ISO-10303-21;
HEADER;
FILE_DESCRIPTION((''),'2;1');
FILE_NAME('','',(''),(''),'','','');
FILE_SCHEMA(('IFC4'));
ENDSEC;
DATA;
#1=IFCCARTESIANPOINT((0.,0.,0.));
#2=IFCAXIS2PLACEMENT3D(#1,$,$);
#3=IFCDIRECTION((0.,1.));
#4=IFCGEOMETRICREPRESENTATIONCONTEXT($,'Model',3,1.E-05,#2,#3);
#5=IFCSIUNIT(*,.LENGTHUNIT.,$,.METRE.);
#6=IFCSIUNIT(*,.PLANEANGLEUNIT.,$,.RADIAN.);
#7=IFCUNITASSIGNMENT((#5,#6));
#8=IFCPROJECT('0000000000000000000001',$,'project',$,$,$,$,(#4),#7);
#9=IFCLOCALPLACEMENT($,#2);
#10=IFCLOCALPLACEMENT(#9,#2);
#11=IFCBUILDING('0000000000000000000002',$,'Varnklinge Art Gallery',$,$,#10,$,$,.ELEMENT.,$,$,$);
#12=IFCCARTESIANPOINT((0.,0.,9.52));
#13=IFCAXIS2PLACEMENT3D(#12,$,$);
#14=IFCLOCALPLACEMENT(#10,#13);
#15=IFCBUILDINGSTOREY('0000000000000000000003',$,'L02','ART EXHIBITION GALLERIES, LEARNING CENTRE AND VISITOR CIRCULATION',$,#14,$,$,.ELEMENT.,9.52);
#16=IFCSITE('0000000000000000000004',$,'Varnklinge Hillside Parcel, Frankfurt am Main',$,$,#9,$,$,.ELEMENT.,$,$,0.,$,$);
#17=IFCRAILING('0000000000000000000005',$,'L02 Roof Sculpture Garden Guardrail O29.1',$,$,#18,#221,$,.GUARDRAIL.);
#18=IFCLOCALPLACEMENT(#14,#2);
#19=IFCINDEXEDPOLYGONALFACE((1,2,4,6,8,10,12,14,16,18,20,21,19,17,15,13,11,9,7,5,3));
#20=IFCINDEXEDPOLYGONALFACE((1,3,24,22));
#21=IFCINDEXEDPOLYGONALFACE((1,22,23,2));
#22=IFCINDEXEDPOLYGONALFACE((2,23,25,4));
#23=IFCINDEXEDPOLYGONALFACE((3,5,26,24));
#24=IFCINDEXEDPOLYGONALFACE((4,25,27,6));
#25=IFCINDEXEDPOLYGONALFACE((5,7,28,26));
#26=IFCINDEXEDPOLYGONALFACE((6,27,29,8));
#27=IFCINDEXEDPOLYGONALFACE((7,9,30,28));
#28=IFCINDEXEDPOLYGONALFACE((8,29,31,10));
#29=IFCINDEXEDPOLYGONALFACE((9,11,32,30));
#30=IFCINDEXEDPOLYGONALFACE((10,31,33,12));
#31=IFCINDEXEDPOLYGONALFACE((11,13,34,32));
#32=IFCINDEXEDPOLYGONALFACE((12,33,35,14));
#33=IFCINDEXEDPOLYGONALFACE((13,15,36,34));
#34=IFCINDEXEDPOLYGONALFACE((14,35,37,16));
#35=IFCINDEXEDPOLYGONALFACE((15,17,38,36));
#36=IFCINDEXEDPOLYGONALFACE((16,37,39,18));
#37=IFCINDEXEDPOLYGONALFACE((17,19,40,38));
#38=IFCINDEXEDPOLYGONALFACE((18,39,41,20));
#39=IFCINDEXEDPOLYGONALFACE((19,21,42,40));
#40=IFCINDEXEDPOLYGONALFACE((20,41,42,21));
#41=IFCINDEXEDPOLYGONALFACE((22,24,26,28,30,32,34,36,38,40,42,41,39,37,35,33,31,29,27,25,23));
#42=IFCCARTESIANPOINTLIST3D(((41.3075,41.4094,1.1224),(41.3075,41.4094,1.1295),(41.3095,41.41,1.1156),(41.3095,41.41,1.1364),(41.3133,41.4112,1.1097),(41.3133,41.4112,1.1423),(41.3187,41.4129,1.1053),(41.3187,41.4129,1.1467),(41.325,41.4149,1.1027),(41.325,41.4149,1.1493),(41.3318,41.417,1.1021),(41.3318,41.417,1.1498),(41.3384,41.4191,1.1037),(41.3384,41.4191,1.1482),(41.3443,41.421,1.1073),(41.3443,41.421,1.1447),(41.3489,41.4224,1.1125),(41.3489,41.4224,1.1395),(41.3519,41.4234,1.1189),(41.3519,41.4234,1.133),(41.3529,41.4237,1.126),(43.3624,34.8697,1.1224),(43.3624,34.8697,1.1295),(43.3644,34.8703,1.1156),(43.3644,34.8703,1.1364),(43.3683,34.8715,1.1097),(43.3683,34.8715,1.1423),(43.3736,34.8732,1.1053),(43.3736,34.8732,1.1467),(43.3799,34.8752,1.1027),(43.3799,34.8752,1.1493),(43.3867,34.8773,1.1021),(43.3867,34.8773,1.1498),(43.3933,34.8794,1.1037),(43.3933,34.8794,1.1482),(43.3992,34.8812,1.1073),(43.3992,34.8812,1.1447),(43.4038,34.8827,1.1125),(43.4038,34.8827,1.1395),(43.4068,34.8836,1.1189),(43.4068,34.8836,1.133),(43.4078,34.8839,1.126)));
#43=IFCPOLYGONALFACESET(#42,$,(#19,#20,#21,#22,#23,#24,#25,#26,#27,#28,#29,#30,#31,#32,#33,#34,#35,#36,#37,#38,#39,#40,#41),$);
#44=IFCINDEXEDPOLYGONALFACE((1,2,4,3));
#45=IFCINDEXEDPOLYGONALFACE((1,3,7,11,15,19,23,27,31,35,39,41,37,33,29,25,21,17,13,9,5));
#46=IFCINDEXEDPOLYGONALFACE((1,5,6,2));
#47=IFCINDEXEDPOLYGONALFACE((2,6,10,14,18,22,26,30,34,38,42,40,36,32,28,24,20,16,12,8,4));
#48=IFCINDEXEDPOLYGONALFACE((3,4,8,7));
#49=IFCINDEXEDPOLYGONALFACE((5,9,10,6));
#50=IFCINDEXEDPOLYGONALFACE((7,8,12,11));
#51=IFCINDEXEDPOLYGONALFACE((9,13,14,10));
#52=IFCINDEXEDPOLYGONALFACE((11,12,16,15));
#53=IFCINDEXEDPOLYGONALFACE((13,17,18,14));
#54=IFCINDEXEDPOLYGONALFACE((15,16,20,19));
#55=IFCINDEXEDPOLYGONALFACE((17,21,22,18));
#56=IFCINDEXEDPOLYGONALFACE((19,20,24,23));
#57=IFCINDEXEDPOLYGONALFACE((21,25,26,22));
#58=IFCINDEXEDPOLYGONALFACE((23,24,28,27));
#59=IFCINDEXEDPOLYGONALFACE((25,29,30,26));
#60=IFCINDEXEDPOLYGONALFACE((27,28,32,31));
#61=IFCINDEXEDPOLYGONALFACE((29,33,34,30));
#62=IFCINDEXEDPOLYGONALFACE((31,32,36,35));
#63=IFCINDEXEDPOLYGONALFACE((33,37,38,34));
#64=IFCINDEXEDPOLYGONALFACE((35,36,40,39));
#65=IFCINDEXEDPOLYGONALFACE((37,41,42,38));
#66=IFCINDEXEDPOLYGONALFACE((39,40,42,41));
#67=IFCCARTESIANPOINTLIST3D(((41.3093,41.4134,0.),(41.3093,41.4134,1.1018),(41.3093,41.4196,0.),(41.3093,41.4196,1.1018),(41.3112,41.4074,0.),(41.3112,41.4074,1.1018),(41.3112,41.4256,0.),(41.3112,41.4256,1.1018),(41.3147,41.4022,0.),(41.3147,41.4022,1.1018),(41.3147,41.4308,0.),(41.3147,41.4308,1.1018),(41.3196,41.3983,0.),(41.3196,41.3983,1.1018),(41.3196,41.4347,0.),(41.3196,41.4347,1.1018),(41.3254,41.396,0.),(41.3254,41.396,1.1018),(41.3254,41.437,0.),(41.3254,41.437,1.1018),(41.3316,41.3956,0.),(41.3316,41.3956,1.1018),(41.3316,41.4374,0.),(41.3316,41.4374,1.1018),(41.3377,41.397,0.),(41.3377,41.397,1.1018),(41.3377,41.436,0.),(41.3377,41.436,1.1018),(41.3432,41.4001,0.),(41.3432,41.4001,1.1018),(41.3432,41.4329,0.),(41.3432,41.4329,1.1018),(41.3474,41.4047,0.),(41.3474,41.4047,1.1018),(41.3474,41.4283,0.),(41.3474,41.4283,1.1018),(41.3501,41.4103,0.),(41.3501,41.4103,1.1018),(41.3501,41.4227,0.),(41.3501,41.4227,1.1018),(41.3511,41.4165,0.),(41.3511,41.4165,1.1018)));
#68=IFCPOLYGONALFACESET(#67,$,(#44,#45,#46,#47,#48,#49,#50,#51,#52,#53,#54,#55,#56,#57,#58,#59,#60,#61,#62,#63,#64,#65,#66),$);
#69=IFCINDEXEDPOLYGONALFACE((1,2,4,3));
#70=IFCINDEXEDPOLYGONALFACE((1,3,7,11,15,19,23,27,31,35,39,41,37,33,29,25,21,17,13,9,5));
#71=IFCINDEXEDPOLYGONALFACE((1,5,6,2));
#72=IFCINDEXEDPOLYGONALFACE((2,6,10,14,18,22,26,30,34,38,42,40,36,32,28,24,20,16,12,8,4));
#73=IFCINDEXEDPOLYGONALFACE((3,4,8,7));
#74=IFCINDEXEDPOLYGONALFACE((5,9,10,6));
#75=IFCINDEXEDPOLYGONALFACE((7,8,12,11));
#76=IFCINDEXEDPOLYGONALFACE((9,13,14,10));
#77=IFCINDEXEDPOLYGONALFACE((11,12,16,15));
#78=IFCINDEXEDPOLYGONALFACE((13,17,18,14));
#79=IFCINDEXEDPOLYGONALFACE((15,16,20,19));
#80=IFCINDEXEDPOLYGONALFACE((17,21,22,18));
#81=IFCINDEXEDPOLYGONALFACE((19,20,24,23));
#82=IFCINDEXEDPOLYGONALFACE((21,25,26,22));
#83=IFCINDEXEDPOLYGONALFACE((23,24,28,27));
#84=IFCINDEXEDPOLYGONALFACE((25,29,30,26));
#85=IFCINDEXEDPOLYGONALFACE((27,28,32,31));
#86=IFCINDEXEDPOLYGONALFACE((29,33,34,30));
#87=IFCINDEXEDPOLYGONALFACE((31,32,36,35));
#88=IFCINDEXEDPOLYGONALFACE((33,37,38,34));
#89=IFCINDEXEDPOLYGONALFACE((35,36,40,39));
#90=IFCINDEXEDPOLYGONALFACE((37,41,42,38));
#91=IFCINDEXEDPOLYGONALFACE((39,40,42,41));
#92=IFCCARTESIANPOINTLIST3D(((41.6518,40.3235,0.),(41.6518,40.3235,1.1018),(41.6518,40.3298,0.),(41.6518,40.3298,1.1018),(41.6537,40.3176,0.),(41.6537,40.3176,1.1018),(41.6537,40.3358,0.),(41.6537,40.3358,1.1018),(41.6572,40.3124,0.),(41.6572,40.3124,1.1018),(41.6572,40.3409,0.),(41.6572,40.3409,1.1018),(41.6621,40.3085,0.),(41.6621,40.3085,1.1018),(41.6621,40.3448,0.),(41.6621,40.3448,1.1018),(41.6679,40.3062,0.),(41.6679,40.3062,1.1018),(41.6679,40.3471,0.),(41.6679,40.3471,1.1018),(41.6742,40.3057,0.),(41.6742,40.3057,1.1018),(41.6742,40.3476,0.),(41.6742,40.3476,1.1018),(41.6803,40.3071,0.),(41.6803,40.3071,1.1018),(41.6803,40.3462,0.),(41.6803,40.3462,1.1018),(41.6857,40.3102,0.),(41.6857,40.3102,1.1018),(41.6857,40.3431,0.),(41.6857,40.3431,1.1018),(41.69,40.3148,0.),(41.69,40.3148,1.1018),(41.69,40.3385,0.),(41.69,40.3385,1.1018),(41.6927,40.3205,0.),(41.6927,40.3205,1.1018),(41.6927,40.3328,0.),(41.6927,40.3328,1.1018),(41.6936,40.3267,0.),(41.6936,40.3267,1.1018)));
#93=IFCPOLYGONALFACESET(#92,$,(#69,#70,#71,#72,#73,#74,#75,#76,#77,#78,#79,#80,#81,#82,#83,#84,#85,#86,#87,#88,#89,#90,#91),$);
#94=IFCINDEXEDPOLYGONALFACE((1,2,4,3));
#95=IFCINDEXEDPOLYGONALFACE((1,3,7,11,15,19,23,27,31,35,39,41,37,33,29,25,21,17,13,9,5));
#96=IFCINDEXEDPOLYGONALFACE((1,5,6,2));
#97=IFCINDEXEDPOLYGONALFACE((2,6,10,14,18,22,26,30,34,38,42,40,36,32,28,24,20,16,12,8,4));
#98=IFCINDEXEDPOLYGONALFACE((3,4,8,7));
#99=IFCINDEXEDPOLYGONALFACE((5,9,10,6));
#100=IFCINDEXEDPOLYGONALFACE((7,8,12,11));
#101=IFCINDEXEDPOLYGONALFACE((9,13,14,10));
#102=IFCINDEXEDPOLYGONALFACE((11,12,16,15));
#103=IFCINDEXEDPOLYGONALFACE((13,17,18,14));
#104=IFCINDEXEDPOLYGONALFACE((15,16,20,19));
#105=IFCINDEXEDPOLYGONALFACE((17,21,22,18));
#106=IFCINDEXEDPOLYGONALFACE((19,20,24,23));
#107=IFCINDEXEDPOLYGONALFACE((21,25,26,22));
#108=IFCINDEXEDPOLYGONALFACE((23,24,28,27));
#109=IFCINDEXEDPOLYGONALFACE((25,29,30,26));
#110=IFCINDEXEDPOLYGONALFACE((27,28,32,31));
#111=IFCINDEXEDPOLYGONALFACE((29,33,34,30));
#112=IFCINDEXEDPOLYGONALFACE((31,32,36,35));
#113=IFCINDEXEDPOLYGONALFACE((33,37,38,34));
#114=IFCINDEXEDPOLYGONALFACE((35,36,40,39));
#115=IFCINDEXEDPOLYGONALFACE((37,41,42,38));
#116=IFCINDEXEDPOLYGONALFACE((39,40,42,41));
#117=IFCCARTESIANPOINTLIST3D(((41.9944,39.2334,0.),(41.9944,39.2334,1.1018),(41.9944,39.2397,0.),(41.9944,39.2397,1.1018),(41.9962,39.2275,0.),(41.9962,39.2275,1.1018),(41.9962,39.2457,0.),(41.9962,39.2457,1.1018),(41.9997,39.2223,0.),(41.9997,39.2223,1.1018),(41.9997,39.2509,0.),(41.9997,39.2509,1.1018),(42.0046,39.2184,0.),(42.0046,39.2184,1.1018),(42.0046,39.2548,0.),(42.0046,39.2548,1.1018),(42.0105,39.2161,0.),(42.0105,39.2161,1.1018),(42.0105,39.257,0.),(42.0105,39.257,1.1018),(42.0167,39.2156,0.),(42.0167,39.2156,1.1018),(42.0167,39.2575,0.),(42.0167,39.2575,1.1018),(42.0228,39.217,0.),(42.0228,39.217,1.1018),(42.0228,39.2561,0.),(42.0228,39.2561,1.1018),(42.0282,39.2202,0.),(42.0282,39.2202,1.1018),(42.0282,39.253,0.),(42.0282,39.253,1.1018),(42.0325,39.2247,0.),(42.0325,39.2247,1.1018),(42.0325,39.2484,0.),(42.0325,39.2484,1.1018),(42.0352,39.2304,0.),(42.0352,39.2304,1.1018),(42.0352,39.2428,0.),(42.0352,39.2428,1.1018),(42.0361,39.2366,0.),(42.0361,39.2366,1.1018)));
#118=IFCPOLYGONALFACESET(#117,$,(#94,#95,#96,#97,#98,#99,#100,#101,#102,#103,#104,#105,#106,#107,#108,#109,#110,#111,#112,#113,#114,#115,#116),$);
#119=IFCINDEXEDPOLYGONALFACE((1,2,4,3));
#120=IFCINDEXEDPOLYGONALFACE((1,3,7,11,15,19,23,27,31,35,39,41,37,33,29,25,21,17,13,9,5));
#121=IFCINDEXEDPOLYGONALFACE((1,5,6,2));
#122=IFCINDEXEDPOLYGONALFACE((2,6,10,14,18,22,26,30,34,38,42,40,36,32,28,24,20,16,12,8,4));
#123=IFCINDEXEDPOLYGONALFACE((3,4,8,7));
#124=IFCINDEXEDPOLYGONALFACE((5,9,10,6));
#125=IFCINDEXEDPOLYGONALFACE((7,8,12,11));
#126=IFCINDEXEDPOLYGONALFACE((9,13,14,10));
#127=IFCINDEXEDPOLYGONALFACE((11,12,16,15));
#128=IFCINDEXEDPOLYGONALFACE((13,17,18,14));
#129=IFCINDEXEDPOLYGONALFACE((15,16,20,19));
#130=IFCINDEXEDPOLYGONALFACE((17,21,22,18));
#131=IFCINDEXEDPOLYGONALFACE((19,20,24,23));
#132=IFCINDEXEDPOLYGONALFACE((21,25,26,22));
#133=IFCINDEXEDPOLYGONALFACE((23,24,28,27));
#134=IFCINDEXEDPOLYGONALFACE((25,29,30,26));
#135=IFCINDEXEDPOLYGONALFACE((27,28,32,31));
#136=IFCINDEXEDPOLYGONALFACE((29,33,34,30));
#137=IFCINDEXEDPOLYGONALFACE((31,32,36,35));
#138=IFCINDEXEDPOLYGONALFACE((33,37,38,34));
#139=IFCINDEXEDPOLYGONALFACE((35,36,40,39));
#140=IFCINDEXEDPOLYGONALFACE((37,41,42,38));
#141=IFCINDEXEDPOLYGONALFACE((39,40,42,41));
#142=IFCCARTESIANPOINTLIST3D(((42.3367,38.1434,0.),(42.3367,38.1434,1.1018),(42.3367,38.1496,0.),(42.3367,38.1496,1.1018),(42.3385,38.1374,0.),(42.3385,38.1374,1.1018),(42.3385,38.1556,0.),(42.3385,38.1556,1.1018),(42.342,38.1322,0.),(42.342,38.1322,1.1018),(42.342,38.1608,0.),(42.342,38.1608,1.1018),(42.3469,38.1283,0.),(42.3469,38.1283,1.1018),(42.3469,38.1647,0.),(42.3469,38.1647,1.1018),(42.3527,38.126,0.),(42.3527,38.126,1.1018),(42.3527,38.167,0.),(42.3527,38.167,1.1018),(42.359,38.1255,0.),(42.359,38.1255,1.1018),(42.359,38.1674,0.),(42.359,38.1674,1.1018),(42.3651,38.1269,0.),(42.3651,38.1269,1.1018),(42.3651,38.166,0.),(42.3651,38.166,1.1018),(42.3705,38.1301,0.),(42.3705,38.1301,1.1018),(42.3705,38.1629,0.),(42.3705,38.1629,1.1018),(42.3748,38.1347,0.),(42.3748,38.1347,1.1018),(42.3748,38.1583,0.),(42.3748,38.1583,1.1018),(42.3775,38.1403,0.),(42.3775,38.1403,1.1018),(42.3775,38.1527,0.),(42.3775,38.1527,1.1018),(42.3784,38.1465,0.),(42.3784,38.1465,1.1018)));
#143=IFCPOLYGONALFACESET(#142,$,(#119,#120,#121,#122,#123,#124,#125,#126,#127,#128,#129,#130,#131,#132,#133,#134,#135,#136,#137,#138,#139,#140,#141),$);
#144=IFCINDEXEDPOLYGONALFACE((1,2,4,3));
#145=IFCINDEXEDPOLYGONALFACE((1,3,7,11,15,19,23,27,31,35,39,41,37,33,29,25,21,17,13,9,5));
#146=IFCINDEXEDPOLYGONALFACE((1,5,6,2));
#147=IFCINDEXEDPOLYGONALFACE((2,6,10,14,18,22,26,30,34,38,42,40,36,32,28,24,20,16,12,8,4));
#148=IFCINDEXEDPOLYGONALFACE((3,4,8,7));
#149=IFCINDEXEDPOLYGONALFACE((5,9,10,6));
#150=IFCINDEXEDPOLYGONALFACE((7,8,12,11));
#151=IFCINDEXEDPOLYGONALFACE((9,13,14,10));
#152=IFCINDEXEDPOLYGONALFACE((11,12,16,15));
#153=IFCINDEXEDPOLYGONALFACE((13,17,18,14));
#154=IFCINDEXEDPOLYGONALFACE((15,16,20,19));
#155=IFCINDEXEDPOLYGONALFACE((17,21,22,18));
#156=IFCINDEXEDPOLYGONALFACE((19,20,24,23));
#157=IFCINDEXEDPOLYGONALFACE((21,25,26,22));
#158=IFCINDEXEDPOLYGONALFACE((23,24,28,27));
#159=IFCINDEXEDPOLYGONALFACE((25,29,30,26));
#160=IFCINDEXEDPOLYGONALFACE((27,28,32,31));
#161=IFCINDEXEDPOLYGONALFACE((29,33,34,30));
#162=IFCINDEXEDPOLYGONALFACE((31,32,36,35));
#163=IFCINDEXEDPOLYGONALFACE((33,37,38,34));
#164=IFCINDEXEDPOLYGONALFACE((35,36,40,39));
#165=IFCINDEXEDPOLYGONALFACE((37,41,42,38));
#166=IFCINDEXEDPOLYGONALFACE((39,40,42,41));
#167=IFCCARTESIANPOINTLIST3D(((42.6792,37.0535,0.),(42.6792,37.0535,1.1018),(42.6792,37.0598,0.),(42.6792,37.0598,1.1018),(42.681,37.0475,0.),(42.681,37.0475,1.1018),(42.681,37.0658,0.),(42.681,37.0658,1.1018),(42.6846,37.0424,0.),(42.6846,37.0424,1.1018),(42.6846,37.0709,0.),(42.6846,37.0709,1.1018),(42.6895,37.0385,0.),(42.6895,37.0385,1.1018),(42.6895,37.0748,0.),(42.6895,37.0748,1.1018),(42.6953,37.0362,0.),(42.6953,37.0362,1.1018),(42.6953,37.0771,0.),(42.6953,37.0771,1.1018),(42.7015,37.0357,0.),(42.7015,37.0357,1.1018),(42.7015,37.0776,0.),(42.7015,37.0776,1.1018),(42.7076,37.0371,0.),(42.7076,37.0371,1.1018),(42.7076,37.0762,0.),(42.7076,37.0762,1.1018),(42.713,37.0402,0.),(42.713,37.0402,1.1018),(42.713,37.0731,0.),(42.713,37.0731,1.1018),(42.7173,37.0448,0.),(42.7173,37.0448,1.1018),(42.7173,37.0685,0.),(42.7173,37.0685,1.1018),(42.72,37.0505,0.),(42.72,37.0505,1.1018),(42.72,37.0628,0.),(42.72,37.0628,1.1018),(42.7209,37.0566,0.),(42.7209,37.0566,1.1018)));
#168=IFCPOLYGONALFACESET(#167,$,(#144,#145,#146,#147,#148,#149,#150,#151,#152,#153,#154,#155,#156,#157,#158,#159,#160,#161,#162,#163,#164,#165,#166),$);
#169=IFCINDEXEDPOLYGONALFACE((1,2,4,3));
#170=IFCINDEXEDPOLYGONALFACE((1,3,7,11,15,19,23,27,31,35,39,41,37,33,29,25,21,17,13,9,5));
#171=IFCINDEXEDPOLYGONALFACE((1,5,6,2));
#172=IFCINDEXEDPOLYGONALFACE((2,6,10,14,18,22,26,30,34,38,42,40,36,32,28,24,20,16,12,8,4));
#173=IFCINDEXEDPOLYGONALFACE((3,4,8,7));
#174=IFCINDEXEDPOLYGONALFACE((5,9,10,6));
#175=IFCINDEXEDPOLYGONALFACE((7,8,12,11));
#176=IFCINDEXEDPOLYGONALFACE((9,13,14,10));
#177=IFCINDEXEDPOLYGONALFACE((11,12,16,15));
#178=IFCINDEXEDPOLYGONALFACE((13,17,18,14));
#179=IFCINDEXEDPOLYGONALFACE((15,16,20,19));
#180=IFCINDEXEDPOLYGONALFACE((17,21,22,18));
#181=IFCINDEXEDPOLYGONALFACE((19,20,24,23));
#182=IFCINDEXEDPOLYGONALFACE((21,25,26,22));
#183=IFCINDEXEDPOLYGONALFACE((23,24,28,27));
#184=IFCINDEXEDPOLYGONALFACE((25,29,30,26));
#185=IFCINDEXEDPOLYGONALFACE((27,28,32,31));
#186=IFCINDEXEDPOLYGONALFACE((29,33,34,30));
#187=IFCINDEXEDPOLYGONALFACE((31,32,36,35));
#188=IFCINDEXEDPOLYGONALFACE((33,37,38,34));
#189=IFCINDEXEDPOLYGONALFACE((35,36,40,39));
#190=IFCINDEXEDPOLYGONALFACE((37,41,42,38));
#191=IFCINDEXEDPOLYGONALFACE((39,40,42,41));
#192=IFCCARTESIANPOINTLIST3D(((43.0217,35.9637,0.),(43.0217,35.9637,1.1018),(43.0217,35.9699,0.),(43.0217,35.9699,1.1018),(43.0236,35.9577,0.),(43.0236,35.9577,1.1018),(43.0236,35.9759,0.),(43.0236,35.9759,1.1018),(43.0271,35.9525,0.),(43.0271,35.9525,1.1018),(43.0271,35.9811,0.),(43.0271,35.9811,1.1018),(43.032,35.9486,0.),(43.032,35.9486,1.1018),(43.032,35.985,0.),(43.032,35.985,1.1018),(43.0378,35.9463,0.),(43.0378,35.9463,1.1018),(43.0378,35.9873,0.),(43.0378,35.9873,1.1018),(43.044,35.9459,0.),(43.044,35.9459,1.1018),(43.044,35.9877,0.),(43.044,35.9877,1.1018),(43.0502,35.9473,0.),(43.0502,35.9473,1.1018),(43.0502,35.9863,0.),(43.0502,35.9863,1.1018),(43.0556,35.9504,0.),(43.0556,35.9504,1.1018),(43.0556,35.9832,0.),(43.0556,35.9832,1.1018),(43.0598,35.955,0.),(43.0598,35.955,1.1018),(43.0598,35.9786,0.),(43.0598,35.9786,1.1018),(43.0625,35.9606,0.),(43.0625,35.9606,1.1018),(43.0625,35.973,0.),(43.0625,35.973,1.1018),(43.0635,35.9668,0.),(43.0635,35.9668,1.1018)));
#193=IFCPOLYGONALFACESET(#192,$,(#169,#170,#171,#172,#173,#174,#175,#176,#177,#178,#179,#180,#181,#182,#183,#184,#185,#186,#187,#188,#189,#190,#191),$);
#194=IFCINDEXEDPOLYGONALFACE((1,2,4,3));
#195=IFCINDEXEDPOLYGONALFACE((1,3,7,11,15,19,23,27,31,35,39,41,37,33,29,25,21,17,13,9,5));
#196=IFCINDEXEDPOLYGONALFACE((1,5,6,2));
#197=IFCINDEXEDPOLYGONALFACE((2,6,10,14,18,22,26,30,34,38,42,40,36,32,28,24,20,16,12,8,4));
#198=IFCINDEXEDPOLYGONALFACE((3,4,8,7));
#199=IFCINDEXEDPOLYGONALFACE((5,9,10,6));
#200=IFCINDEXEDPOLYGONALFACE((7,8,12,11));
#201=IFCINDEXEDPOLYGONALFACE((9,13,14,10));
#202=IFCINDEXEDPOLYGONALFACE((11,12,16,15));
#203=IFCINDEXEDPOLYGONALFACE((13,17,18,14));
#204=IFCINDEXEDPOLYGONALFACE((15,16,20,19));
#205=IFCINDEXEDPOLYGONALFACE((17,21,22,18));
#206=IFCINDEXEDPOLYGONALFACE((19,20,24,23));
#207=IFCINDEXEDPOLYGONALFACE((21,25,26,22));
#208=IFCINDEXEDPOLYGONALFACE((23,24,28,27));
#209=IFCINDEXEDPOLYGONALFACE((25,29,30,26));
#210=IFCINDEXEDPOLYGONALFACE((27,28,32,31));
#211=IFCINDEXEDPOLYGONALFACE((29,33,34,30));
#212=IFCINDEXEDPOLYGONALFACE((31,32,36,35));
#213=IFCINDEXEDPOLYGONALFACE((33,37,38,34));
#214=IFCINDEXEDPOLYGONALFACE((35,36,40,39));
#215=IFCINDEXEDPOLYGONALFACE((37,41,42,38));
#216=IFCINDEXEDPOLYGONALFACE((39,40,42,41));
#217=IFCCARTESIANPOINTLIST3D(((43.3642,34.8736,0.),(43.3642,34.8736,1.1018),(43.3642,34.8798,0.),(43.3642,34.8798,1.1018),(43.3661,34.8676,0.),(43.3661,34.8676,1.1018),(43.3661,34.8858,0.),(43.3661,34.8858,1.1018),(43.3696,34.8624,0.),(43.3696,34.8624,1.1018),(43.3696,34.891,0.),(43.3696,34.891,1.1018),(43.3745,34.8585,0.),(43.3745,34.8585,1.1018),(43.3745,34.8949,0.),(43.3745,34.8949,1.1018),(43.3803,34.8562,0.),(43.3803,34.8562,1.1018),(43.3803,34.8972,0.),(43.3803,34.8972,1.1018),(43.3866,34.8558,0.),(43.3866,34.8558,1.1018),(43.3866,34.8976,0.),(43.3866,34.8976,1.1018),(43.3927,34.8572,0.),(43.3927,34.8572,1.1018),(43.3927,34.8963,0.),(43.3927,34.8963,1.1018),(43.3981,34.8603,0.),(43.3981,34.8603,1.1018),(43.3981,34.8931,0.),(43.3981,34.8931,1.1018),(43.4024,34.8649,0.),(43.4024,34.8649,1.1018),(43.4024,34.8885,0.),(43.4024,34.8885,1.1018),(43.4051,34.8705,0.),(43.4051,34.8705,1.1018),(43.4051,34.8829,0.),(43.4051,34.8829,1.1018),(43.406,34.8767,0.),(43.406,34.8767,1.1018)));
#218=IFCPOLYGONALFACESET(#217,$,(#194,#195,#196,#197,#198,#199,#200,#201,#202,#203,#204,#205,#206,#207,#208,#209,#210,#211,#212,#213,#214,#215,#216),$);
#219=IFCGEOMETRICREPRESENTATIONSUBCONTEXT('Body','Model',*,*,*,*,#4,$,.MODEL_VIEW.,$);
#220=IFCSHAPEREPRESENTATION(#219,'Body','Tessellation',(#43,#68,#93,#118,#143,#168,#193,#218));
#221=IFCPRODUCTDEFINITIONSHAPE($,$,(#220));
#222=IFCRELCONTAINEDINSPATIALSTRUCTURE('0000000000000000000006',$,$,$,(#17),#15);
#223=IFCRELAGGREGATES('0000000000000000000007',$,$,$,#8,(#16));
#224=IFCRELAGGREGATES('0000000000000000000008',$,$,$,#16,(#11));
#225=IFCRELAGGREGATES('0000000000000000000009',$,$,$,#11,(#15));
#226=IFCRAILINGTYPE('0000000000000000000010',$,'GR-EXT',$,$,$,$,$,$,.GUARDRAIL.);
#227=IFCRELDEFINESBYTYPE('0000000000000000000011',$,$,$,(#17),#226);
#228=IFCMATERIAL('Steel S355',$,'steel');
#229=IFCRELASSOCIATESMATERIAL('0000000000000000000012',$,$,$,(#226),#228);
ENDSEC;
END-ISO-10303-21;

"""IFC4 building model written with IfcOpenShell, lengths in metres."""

from ifc_helpers import new_model, si_unit, direction, frame, origin, origin_2d, place, context, subcontext, project, spatial, circle, extrude, material, type_object, element, save


model = new_model("IFC4")

# Units and contexts
model_context = context("Model", 3, precision=1e-05, world=origin(), true_north=direction((0.0, 1.0)))
body_context = subcontext(model_context, "Body", "Model", "MODEL_VIEW")
ifc_project = project(units=[si_unit("LENGTHUNIT", "METRE"), si_unit("PLANEANGLEUNIT", "RADIAN")], contexts=[model_context])

# Site, building, storey
site_placement = place(None, origin())
site = spatial("IfcSite", under=ifc_project, at=site_placement, Name="Varnklinge Hillside Parcel, Frankfurt am Main", CompositionType="ELEMENT", RefElevation=0.0)
building_placement = place(site_placement, origin())
building = spatial("IfcBuilding", under=site, at=building_placement, Name="Varnklinge Art Gallery", CompositionType="ELEMENT")
storey_placement = place(building_placement, frame((0.0, 0.0, 9.52)))
storey = spatial("IfcBuildingStorey", under=building, at=storey_placement, Name="L02", Description="ART EXHIBITION GALLERIES, LEARNING CENTRE AND VISITOR CIRCULATION", CompositionType="ELEMENT", Elevation=9.52)

# Railing
ifc_material_1 = material(Name="Steel S355", Category="steel")
railing_type_1 = type_object("IfcRailingType", Name="GR-EXT", PredefinedType="GUARDRAIL", material=ifc_material_1)
railing_1_placement = place(storey_placement, frame((41.3301, 41.4165, 0.0)))
element("IfcRailing", 1, at=railing_1_placement, inside=storey, type_object=railing_type_1, Name="L02 Roof Sculpture Garden Guardrail O29.1", PredefinedType="GUARDRAIL", context=body_context, shape_type="SweptSolid", body=[
    extrude(circle(Radius=0.0239, at=origin_2d()), frame((0.0, 0.0, 1.126), z_axis=(0.299769, -0.954012, 0.0), x_axis=(0.954012, 0.299769, 0.0)), (0.0, 0.0, 1.0), 6.855),
    extrude(circle(Radius=0.021, at=origin_2d()), origin(), (0.0, 0.0, 1.0), 1.1018),
    extrude(circle(Radius=0.021, at=origin_2d()), frame((0.3425, -1.0898, 0.0)), (0.0, 0.0, 1.0), 1.1018),
    extrude(circle(Radius=0.021, at=origin_2d()), frame((0.6851, -2.1799, 0.0)), (0.0, 0.0, 1.0), 1.1018),
    extrude(circle(Radius=0.021, at=origin_2d()), frame((1.0273, -3.27, 0.0)), (0.0, 0.0, 1.0), 1.1018),
    extrude(circle(Radius=0.021, at=origin_2d()), frame((1.3699, -4.3599, 0.0)), (0.0, 0.0, 1.0), 1.1018),
    extrude(circle(Radius=0.021, at=origin_2d()), frame((1.7124, -5.4497, 0.0)), (0.0, 0.0, 1.0), 1.1018),
    extrude(circle(Radius=0.021, at=origin_2d()), frame((2.0549, -6.5398, 0.0)), (0.0, 0.0, 1.0), 1.1018),
])

save(model, "model.ifc")
